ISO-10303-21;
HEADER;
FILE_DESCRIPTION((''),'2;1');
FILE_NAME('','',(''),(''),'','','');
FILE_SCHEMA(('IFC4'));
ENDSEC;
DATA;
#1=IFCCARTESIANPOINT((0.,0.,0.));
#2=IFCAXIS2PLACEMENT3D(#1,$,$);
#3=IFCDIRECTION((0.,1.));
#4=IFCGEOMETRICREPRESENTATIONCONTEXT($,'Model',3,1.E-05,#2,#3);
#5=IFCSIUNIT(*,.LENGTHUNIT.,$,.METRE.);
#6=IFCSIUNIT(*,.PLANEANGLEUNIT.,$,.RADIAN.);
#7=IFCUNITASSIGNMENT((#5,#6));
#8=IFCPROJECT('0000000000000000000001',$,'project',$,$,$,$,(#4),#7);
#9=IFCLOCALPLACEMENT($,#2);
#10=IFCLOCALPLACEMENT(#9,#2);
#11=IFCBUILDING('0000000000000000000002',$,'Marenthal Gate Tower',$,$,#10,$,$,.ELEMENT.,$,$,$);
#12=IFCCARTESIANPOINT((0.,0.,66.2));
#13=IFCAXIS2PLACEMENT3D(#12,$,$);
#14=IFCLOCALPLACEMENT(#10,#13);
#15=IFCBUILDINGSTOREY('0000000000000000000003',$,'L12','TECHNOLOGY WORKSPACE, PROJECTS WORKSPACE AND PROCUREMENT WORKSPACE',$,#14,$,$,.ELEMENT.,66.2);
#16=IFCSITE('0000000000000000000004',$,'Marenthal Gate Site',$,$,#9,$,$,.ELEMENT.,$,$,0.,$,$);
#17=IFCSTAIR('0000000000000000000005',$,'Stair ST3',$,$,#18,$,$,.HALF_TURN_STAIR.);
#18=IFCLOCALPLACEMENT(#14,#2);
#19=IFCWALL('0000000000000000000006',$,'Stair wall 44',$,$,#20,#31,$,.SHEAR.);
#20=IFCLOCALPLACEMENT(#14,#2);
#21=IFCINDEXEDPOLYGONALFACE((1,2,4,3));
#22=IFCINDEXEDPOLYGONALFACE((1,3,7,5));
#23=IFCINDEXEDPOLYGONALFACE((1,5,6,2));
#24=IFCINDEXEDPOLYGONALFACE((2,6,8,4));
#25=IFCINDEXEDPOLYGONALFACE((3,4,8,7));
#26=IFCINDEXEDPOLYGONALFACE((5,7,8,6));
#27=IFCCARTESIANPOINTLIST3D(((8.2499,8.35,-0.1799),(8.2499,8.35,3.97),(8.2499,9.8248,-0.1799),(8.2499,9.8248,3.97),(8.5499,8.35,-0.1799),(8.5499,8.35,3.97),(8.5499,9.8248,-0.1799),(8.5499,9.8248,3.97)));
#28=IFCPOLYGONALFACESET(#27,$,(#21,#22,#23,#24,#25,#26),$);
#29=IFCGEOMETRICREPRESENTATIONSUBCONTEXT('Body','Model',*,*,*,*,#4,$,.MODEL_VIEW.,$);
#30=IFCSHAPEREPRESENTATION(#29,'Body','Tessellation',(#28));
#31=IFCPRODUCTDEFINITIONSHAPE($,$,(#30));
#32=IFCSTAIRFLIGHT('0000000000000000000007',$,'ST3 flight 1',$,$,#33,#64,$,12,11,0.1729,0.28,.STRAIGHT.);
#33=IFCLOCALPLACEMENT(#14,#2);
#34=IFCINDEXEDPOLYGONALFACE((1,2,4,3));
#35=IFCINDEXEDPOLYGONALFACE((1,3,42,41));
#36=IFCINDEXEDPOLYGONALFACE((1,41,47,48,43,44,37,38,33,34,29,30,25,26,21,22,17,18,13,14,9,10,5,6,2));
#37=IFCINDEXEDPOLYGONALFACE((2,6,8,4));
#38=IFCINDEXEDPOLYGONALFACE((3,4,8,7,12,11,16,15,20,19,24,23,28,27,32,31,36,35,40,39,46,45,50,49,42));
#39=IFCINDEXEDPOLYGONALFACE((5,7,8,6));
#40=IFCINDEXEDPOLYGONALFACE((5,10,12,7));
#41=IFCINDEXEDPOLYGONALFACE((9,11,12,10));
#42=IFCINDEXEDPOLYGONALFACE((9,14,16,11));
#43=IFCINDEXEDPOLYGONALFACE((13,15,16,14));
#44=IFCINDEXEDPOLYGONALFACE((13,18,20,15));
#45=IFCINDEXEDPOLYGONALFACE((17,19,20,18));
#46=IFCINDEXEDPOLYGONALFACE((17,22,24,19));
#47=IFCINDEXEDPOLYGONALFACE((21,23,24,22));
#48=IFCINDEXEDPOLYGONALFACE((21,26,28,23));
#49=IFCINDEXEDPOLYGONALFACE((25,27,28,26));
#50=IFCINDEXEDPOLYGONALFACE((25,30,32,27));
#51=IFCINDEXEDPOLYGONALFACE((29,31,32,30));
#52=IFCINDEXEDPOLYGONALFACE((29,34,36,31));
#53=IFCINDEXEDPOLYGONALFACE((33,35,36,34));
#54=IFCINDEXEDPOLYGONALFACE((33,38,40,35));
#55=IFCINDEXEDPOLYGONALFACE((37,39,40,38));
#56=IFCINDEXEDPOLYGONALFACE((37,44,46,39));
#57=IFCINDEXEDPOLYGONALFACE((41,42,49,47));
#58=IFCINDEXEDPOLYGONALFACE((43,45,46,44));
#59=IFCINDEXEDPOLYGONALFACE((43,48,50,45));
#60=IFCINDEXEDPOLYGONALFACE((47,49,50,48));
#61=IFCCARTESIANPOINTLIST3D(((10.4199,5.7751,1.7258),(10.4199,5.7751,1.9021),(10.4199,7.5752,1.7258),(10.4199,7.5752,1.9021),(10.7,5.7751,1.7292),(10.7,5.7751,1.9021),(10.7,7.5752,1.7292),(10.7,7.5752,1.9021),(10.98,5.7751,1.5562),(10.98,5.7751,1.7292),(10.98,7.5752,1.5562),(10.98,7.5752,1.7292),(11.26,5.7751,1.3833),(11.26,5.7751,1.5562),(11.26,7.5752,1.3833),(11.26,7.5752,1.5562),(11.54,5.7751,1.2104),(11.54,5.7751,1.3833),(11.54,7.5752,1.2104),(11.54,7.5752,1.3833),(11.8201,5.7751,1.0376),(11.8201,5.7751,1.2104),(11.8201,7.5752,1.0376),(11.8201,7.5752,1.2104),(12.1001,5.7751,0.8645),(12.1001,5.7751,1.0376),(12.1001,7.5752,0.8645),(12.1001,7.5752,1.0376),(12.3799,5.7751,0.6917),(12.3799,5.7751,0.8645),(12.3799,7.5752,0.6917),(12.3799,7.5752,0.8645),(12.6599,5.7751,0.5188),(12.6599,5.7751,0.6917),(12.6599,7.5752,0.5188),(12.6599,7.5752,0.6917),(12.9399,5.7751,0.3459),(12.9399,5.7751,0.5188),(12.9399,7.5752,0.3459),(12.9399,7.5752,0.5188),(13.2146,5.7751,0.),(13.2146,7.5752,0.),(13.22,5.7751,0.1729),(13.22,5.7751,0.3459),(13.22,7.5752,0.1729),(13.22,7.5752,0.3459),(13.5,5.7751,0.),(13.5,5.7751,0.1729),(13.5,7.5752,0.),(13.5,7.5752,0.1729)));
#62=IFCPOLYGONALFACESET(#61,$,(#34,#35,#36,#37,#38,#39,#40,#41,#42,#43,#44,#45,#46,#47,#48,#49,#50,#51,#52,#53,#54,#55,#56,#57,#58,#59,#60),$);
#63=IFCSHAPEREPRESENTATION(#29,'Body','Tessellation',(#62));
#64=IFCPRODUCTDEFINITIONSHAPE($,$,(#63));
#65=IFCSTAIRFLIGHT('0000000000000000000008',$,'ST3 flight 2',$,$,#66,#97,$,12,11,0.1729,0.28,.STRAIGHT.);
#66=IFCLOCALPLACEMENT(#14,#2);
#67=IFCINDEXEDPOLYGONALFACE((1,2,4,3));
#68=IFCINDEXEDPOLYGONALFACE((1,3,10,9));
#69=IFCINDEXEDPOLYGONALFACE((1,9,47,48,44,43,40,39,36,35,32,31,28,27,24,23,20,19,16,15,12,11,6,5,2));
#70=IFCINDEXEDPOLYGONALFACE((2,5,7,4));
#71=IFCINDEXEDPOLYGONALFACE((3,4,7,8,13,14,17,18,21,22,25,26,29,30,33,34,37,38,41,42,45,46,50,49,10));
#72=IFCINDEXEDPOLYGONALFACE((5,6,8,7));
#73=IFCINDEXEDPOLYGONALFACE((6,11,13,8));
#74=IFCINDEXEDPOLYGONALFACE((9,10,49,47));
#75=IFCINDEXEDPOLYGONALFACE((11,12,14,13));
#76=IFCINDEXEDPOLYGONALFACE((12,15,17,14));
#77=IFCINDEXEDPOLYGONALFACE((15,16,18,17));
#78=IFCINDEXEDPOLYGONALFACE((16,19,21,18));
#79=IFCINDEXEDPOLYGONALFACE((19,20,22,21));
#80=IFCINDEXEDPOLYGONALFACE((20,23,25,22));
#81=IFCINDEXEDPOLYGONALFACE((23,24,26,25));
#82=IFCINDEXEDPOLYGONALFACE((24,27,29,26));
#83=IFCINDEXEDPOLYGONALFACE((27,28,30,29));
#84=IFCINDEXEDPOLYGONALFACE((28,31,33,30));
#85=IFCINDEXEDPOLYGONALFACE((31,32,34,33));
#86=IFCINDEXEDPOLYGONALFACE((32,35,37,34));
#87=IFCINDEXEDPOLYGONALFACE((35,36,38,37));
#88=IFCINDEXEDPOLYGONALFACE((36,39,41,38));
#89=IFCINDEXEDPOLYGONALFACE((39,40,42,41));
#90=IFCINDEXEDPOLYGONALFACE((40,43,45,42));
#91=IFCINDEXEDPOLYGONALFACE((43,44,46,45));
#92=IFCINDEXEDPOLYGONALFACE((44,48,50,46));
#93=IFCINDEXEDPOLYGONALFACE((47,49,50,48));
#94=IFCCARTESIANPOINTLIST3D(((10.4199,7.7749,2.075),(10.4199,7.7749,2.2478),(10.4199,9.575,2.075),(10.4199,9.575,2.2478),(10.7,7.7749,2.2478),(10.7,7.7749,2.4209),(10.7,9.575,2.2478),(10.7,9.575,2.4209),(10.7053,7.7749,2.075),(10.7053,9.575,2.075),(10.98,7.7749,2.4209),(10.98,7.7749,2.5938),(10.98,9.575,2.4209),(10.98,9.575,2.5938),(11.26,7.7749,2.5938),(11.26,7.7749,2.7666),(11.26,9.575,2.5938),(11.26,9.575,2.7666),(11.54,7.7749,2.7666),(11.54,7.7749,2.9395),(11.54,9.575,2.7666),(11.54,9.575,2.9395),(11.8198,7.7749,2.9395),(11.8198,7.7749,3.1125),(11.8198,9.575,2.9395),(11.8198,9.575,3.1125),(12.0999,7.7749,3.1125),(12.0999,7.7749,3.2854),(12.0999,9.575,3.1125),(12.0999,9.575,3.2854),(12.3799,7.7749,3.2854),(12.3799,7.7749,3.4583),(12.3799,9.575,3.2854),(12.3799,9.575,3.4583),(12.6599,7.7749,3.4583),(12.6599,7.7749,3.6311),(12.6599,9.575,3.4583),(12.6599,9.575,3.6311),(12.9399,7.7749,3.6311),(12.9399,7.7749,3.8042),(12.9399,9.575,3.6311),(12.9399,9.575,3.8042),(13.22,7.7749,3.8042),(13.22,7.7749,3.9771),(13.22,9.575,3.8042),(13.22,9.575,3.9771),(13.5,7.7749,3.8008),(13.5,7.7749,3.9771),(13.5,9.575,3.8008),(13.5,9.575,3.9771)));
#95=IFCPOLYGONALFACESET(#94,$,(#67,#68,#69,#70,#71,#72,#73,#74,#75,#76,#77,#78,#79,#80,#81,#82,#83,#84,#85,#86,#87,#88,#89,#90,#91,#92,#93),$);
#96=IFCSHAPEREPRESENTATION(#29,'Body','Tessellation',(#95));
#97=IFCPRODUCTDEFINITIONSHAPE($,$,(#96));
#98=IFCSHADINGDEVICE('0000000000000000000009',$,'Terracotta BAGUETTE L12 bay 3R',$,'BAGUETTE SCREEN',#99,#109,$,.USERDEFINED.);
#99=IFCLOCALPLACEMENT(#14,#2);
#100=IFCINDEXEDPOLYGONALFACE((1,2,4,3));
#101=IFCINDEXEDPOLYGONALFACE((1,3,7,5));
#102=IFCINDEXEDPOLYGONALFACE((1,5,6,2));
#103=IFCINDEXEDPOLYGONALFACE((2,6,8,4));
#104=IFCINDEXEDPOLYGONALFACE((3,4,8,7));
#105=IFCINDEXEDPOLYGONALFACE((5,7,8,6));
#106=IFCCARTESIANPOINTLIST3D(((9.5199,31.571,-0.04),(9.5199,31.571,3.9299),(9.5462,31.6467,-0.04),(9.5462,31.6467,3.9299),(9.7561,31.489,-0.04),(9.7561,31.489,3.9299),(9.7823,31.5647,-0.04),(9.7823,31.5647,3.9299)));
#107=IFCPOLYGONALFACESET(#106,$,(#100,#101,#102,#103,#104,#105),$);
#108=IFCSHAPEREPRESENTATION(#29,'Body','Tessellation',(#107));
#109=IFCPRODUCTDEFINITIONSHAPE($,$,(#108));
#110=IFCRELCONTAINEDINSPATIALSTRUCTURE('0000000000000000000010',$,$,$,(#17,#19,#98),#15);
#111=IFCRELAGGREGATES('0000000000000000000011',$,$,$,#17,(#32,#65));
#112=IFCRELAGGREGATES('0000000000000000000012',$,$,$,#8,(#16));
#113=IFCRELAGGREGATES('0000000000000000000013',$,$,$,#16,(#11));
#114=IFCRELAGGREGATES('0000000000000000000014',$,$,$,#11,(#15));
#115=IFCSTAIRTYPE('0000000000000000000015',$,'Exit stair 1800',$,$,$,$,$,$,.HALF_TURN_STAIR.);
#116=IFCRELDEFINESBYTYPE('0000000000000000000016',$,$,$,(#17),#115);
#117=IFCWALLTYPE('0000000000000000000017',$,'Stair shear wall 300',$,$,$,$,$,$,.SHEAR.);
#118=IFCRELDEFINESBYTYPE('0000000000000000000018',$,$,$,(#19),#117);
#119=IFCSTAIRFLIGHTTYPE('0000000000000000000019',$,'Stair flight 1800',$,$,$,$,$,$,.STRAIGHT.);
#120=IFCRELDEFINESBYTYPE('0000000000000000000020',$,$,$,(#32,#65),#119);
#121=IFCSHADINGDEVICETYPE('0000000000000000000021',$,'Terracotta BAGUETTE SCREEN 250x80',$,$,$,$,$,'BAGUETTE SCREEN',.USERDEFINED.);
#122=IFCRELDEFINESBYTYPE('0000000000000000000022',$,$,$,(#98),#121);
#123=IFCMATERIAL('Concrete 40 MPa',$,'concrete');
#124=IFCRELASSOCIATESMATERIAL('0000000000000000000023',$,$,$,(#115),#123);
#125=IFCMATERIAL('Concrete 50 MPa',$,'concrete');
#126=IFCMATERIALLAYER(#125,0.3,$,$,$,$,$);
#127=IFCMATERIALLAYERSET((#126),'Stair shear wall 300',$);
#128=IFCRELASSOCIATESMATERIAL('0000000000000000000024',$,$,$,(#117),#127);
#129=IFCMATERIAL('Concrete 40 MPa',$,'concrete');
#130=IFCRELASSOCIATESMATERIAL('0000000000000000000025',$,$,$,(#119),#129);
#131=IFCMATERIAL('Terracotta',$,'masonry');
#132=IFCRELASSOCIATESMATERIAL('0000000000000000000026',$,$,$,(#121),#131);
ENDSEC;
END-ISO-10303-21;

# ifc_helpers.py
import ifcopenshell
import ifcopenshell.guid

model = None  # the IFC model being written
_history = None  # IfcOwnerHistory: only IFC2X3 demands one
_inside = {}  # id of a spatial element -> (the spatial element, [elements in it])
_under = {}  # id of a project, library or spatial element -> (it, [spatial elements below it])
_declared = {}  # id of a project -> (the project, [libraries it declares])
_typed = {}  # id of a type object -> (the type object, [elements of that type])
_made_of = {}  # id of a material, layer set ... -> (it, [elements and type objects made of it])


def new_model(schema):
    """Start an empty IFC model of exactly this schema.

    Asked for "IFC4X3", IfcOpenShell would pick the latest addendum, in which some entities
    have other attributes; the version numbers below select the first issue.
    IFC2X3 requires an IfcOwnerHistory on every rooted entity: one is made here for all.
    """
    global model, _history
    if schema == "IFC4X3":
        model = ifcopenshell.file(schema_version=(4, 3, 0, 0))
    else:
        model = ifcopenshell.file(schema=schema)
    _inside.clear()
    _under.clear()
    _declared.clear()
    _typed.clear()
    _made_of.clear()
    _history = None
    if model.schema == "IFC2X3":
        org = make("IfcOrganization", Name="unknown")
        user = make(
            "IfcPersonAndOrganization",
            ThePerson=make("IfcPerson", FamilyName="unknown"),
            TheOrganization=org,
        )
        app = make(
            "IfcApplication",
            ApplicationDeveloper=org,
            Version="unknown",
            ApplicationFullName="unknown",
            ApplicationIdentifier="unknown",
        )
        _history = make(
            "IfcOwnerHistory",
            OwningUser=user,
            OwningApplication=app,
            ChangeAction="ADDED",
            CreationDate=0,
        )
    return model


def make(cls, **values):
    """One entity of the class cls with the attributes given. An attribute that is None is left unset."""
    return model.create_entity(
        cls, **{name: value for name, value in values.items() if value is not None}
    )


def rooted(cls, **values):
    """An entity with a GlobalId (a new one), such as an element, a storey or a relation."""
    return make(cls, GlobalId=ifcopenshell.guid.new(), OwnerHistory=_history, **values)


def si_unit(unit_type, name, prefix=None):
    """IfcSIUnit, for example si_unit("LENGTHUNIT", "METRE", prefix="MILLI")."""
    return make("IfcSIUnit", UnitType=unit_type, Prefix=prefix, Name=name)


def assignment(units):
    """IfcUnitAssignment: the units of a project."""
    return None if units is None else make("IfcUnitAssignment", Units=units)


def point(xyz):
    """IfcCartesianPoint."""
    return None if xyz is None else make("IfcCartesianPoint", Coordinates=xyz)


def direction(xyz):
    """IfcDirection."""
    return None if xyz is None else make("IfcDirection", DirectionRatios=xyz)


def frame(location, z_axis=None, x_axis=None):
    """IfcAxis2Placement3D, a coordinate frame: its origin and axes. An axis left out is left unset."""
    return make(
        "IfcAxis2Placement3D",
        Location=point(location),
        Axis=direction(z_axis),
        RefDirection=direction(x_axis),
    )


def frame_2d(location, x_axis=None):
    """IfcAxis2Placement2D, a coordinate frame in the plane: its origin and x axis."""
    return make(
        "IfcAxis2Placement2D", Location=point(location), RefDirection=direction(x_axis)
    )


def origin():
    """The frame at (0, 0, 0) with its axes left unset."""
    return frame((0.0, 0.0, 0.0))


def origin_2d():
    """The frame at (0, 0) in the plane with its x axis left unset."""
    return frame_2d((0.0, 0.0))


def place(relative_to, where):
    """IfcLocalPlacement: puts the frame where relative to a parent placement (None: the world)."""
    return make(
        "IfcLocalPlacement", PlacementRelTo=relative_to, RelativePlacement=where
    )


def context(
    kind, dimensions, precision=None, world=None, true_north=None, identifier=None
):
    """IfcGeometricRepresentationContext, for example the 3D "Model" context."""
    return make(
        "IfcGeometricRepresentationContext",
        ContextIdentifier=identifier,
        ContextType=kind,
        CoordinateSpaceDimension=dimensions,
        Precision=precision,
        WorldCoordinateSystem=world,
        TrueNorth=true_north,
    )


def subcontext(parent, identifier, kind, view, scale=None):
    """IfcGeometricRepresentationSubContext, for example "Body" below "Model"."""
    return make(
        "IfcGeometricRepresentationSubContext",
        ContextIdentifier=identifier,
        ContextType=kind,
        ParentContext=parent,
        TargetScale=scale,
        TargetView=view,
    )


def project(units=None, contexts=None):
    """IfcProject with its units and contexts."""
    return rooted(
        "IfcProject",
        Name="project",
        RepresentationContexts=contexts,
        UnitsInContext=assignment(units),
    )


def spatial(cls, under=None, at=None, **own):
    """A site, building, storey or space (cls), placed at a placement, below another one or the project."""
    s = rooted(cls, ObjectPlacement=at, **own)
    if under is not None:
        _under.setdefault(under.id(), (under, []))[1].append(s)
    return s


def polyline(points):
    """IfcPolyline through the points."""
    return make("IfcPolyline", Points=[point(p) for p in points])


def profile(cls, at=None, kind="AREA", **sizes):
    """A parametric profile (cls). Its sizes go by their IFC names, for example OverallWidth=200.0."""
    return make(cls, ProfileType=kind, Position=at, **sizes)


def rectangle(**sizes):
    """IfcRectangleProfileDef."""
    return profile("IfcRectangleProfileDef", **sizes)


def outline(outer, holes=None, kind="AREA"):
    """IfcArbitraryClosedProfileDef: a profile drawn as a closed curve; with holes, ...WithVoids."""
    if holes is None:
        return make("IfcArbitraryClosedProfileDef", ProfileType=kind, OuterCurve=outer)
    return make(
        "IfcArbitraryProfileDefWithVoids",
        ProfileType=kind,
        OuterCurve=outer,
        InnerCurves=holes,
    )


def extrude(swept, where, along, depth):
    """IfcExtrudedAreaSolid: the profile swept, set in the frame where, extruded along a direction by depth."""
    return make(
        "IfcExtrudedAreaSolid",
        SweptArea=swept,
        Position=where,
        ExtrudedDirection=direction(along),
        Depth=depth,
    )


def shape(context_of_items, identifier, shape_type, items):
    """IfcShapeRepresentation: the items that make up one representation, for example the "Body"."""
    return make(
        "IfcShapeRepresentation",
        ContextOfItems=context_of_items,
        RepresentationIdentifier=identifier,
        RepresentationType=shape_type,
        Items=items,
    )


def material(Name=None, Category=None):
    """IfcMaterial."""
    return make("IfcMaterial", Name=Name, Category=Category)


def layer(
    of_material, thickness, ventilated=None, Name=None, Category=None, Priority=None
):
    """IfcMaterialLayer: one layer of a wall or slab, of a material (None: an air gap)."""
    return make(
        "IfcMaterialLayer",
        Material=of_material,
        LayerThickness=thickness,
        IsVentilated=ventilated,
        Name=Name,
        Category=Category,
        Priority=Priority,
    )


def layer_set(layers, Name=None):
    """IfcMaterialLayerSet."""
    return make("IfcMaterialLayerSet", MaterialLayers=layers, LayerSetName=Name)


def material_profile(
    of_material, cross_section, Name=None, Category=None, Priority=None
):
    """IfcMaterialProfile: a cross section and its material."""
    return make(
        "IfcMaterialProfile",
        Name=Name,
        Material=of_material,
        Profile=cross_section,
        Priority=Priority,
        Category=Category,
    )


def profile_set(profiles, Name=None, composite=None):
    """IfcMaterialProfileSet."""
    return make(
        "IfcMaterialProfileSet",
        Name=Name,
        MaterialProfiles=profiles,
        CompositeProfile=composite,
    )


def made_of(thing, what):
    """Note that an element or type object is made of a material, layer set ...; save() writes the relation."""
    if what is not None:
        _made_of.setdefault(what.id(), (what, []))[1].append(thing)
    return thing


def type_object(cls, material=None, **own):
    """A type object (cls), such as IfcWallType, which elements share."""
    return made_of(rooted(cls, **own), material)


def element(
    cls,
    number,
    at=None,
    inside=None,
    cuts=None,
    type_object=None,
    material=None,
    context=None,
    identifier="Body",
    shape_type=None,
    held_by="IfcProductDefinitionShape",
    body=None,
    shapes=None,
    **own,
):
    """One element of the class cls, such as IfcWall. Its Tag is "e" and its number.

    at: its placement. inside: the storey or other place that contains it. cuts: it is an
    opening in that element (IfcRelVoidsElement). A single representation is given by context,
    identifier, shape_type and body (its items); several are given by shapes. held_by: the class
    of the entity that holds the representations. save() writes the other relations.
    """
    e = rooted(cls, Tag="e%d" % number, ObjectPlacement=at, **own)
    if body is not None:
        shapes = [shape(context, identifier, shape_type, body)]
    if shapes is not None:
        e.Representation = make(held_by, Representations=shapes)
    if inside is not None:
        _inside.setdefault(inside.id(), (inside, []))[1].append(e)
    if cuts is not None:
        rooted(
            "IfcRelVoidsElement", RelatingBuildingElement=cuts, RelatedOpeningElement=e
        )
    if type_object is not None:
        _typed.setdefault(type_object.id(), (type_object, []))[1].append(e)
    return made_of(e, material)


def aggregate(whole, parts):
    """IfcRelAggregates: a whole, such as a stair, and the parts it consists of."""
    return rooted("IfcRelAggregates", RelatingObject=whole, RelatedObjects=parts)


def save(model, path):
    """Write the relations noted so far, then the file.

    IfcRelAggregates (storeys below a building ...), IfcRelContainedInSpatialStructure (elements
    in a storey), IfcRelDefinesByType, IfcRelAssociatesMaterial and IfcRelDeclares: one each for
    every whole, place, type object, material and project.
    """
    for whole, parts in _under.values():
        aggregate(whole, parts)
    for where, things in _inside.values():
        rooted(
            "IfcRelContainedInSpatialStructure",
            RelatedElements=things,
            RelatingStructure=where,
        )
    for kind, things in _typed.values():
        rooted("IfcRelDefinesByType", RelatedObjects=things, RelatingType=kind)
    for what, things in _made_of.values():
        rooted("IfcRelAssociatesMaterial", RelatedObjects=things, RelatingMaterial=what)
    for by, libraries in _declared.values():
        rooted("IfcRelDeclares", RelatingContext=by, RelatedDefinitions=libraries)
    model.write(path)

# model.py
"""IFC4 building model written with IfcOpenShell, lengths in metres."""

from ifc_helpers import new_model, si_unit, direction, frame, frame_2d, origin, origin_2d, place, context, subcontext, project, spatial, polyline, rectangle, outline, extrude, material, layer, layer_set, material_profile, profile_set, type_object, element, aggregate, save


model = new_model("IFC4")

# Units and contexts
model_context = context("Model", 3, precision=1e-05, world=origin(), true_north=direction((0.0, 1.0)))
body_context = subcontext(model_context, "Body", "Model", "MODEL_VIEW")
ifc_project = project(units=[si_unit("LENGTHUNIT", "METRE"), si_unit("PLANEANGLEUNIT", "RADIAN")], contexts=[model_context])

# Site, building, storey
site_placement = place(None, origin())
site = spatial("IfcSite", under=ifc_project, at=site_placement, Name="Marenthal Gate Site", CompositionType="ELEMENT", RefElevation=0.0)
building_placement = place(site_placement, origin())
building = spatial("IfcBuilding", under=site, at=building_placement, Name="Marenthal Gate Tower", CompositionType="ELEMENT")
storey_placement = place(building_placement, frame((0.0, 0.0, 66.2)))
storey = spatial("IfcBuildingStorey", under=building, at=storey_placement, Name="L12", Description="TECHNOLOGY WORKSPACE, PROJECTS WORKSPACE AND PROCUREMENT WORKSPACE", CompositionType="ELEMENT", Elevation=66.2)

# Stair
ifc_material_1 = material(Name="Concrete 40 MPa", Category="concrete")
stair_type = type_object("IfcStairType", Name="Exit stair 1800", PredefinedType="HALF_TURN_STAIR", material=ifc_material_1)
stair_1_placement = place(storey_placement, origin())
stair_1 = element("IfcStair", 1, at=stair_1_placement, inside=storey, type_object=stair_type, Name="Stair ST3", PredefinedType="HALF_TURN_STAIR")

# Wall
ifc_material_2 = material(Name="Concrete 50 MPa", Category="concrete")
ifc_layer_1 = layer(ifc_material_2, 0.3)
ifc_layer_set_1 = layer_set([ifc_layer_1], Name="Stair shear wall 300")
wall_type_1 = type_object("IfcWallType", Name="Stair shear wall 300", PredefinedType="SHEAR", material=ifc_layer_set_1)
wall_1_placement = place(storey_placement, frame((8.3999, 8.3501, -0.1799), z_axis=(0.0, 0.0, 1.0), x_axis=(0.0, 1.0, 0.0)))
element("IfcWall", 2, at=wall_1_placement, inside=storey, type_object=wall_type_1, Name="Stair wall 44", PredefinedType="SHEAR", context=body_context, shape_type="SweptSolid", body=[
    extrude(rectangle(XDim=1.4749, YDim=0.3, at=frame_2d((0.7373, 0.0))), origin(), (0.0, 0.0, 1.0), 4.1499),
])

# Stair flights
ifc_material_3 = material(Name="Concrete 40 MPa", Category="concrete")
stair_flight_type = type_object("IfcStairFlightType", Name="Stair flight 1800", PredefinedType="STRAIGHT", material=ifc_material_3)
stair_flight_1_placement = place(storey_placement, frame((13.5, 6.675, 0.0), z_axis=(0.0, 0.0, 1.0), x_axis=(-1.0, 0.0, 0.0)))
stair_flight_1 = element("IfcStairFlight", 3, at=stair_flight_1_placement, type_object=stair_flight_type, Name="ST3 flight 1", NumberOfRisers=12, NumberOfTreads=11, PredefinedType="STRAIGHT", RiserHeight=0.1729, TreadLength=0.28, context=body_context, shape_type="SweptSolid", body=[
    extrude(outline(polyline([(0.0, 0.0), (0.0, 0.1729), (0.28, 0.1729), (0.28, 0.3459), (0.5601, 0.3459), (0.5601, 0.5188), (0.8401, 0.5188), (0.8401, 0.6917), (1.1201, 0.6917), (1.1201, 0.8645), (1.3999, 0.8645), (1.3999, 1.0376), (1.6799, 1.0376), (1.6799, 1.2104), (1.96, 1.2104), (1.96, 1.3833), (2.24, 1.3833), (2.24, 1.5562), (2.52, 1.5562), (2.52, 1.7292), (2.8, 1.7292), (2.8, 1.9021), (3.0801, 1.9021), (3.0801, 2.075), (3.0801, 1.7258), (0.2854, 0.0), (0.0, 0.0)])), frame((0.0, 0.8999, 0.0), z_axis=(0.0, -1.0, 0.0), x_axis=(1.0, 0.0, 0.0)), (0.0, 0.0, 1.0), 1.8),
])
stair_flight_2_placement = place(storey_placement, frame((10.4199, 8.675, 2.075), z_axis=(0.0, 0.0, 1.0), x_axis=(1.0, 0.0, 0.0)))
stair_flight_2 = element("IfcStairFlight", 4, at=stair_flight_2_placement, type_object=stair_flight_type, Name="ST3 flight 2", NumberOfRisers=12, NumberOfTreads=11, PredefinedType="STRAIGHT", RiserHeight=0.1729, TreadLength=0.28, context=body_context, shape_type="SweptSolid", body=[
    extrude(outline(polyline([(0.0, 0.0), (0.0, 0.1729), (0.28, 0.1729), (0.28, 0.3459), (0.5601, 0.3459), (0.5601, 0.5188), (0.8401, 0.5188), (0.8401, 0.6917), (1.1201, 0.6917), (1.1201, 0.8645), (1.3999, 0.8645), (1.3999, 1.0376), (1.6799, 1.0376), (1.6799, 1.2104), (1.96, 1.2104), (1.96, 1.3833), (2.24, 1.3833), (2.24, 1.5562), (2.52, 1.5562), (2.52, 1.7292), (2.8, 1.7292), (2.8, 1.9021), (3.0801, 1.9021), (3.0801, 2.075), (3.0801, 1.7258), (0.2854, 0.0), (0.0, 0.0)])), frame((0.0, 0.8999, 0.0), z_axis=(0.0, -1.0, 0.0), x_axis=(1.0, 0.0, 0.0)), (0.0, 0.0, 1.0), 1.8),
])
aggregate(stair_1, [stair_flight_1, stair_flight_2])

# Shading device
ifc_material_4 = material(Name="Terracotta", Category="masonry")
ifc_material_profile_1 = material_profile(ifc_material_4, rectangle(XDim=0.25, YDim=0.0801, at=origin_2d()), Name="Terracotta baguette 250x80")
ifc_profile_set_1 = profile_set([ifc_material_profile_1], Name="Terracotta")
shading_device_type = type_object("IfcShadingDeviceType", Name="Terracotta BAGUETTE SCREEN 250x80", ElementType="BAGUETTE SCREEN", PredefinedType="USERDEFINED", material=ifc_profile_set_1)
shading_device_placement = place(storey_placement, frame((9.6511, 31.5679, -0.04), z_axis=(0.0, 0.0, 1.0), x_axis=(-0.944672, 0.328016, 0.0)))
element("IfcShadingDevice", 5, at=shading_device_placement, inside=storey, type_object=shading_device_type, Name="Terracotta BAGUETTE L12 bay 3R", ObjectType="BAGUETTE SCREEN", PredefinedType="USERDEFINED", context=body_context, shape_type="SweptSolid", body=[
    extrude(rectangle(XDim=0.25, YDim=0.0801, at=origin_2d()), origin(), (0.0, 0.0, 1.0), 3.97),
])

save(model, "model.ifc")
